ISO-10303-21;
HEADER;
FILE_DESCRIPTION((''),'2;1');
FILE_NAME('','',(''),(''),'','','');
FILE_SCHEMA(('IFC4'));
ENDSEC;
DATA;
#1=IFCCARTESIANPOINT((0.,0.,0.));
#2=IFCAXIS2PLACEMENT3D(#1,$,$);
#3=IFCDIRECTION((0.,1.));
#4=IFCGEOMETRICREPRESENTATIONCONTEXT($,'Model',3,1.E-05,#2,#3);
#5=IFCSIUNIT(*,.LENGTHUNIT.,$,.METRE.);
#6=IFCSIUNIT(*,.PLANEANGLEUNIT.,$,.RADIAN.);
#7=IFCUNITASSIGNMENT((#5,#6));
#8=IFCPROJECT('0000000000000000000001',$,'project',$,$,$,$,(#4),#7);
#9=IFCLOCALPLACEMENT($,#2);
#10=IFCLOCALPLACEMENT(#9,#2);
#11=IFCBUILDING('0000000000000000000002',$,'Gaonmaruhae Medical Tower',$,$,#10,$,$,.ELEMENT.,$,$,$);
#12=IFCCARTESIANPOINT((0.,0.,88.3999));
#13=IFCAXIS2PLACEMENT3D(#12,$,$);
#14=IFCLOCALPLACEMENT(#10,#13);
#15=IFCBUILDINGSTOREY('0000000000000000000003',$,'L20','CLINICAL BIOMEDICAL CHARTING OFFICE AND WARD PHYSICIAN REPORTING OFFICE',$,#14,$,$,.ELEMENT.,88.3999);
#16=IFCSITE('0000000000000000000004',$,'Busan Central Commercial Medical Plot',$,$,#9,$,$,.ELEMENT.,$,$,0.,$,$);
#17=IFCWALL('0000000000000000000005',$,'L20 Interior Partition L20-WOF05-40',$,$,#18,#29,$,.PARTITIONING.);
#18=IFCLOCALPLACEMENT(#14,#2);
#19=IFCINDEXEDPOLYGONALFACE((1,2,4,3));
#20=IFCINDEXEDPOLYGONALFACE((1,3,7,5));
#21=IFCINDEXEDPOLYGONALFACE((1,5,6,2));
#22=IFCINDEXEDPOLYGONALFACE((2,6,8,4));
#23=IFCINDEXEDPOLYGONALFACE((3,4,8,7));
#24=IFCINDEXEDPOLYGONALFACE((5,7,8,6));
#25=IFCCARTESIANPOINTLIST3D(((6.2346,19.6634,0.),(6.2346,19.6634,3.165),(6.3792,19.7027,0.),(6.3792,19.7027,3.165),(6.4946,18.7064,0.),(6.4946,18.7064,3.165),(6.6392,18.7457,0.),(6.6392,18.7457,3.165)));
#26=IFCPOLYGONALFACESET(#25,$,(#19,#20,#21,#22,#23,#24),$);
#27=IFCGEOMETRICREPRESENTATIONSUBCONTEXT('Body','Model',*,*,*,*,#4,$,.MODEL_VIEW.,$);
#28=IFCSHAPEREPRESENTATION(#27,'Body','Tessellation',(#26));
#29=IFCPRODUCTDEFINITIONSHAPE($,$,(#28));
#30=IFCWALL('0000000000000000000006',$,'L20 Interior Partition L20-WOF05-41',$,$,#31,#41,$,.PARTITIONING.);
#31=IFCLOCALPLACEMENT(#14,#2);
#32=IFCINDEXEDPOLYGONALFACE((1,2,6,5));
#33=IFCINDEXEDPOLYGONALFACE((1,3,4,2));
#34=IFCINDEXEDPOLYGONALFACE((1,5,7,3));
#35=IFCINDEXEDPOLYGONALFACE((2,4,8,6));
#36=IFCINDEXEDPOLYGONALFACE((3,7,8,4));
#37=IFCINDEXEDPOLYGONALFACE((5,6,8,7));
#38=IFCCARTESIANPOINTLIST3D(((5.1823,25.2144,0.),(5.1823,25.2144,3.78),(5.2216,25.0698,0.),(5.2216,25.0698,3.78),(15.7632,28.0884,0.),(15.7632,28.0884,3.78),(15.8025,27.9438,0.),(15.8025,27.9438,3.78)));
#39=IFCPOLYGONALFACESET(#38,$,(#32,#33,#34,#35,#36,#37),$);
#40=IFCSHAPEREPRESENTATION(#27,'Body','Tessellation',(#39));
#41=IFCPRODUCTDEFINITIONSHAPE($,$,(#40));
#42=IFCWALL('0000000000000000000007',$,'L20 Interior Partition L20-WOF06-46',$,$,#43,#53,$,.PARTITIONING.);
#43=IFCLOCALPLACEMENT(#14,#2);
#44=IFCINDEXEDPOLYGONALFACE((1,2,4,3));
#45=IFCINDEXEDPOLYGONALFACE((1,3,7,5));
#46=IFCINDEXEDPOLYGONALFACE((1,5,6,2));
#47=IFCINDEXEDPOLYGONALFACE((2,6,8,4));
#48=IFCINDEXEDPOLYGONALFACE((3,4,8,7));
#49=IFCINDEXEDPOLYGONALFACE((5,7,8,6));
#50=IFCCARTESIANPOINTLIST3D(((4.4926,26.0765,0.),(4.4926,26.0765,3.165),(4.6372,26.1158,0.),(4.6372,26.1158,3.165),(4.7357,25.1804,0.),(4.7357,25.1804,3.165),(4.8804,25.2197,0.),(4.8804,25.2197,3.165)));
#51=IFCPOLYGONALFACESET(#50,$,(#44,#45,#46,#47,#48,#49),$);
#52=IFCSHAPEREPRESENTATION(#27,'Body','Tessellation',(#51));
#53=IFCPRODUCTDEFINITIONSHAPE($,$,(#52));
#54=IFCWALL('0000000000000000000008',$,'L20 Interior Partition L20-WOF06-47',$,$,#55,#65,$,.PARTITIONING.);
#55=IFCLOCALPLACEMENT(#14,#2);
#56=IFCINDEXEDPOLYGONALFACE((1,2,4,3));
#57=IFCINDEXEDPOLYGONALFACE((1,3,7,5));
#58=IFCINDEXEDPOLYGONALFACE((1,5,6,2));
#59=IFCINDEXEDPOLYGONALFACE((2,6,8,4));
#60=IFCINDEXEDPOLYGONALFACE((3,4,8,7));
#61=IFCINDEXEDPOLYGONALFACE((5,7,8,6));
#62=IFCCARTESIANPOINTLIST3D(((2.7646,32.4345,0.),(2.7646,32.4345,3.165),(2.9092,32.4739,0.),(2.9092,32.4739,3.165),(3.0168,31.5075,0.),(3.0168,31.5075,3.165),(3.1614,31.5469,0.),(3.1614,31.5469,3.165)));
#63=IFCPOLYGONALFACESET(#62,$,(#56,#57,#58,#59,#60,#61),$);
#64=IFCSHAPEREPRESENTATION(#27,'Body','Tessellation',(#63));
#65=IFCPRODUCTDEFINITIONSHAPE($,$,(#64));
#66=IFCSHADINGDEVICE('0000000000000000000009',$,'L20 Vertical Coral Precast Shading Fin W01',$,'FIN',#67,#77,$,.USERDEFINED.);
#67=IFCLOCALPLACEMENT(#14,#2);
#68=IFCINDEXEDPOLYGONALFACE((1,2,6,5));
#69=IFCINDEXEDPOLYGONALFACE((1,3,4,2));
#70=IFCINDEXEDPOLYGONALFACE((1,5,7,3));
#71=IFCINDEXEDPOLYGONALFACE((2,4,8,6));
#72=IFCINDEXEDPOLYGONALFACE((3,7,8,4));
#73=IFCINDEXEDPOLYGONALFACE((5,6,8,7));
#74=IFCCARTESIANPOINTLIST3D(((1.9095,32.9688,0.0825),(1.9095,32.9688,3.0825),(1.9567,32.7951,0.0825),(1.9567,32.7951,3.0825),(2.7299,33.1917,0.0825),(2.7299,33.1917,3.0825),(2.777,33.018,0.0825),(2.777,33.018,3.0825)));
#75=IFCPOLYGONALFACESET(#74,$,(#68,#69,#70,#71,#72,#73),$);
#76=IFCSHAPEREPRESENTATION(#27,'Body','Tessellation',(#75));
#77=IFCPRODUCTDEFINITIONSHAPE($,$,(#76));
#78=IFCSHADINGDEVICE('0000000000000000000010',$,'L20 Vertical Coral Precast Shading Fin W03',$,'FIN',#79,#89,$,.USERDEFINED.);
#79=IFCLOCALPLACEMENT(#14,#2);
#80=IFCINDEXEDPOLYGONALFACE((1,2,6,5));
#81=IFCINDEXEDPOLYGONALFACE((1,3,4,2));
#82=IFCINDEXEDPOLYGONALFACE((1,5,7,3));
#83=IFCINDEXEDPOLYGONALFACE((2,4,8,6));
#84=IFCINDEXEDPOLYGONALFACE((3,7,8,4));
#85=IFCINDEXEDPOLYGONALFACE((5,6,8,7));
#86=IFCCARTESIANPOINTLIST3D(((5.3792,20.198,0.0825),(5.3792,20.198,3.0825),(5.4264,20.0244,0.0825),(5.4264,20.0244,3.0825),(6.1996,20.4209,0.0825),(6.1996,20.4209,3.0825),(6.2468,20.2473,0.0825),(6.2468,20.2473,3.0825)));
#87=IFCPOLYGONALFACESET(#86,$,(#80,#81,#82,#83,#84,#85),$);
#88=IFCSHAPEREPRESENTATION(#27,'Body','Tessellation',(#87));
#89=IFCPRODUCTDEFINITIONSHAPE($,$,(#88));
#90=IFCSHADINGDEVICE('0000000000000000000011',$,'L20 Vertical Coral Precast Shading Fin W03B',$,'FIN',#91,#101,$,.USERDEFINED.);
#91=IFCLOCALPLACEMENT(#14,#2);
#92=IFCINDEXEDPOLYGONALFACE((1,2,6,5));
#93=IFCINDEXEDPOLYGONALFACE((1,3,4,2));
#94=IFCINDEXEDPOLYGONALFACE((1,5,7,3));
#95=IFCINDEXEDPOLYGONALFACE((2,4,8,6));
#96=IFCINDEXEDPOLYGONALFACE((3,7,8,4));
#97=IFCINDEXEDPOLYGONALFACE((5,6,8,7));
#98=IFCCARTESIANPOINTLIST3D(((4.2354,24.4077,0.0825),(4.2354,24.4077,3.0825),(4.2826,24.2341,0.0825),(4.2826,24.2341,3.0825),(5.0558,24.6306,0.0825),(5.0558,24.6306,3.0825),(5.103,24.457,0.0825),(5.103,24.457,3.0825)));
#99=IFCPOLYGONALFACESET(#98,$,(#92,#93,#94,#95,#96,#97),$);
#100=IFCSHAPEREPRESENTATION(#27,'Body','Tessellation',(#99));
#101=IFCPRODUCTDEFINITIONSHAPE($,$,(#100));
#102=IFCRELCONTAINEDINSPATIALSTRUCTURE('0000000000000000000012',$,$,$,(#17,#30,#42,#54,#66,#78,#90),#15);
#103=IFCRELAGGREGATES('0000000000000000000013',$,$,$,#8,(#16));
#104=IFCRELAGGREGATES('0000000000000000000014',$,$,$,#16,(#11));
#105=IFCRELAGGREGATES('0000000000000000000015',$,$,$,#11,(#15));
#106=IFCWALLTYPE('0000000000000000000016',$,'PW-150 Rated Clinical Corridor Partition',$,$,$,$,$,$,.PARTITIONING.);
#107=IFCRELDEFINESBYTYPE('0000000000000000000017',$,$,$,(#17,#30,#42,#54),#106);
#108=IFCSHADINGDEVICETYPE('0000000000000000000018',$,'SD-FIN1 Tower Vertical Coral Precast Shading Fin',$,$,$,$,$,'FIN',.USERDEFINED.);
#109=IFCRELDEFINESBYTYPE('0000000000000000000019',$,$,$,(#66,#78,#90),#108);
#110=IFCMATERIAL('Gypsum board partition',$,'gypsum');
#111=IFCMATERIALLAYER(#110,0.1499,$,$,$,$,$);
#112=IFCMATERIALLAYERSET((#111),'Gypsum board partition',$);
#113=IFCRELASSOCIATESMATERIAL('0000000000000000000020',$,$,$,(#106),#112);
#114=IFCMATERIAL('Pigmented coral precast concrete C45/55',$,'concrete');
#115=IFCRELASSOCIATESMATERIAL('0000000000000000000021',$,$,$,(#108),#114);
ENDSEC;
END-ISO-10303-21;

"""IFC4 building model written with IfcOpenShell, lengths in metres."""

from ifc_helpers import new_model, si_unit, direction, frame, frame_2d, origin, origin_2d, place, context, subcontext, project, spatial, rectangle, extrude, material, layer, layer_set, type_object, element, save


model = new_model("IFC4")

# Units and contexts
model_context = context("Model", 3, precision=1e-05, world=origin(), true_north=direction((0.0, 1.0)))
body_context = subcontext(model_context, "Body", "Model", "MODEL_VIEW")
ifc_project = project(units=[si_unit("LENGTHUNIT", "METRE"), si_unit("PLANEANGLEUNIT", "RADIAN")], contexts=[model_context])

# Site, building, storey
site_placement = place(None, origin())
site = spatial("IfcSite", under=ifc_project, at=site_placement, Name="Busan Central Commercial Medical Plot", CompositionType="ELEMENT", RefElevation=0.0)
building_placement = place(site_placement, origin())
building = spatial("IfcBuilding", under=site, at=building_placement, Name="Gaonmaruhae Medical Tower", CompositionType="ELEMENT")
storey_placement = place(building_placement, frame((0.0, 0.0, 88.3999)))
storey = spatial("IfcBuildingStorey", under=building, at=storey_placement, Name="L20", Description="CLINICAL BIOMEDICAL CHARTING OFFICE AND WARD PHYSICIAN REPORTING OFFICE", CompositionType="ELEMENT", Elevation=88.3999)

# Walls
ifc_material_1 = material(Name="Gypsum board partition", Category="gypsum")
ifc_layer_1 = layer(ifc_material_1, 0.1499)
ifc_layer_set_1 = layer_set([ifc_layer_1], Name="Gypsum board partition")
wall_type_1 = type_object("IfcWallType", Name="PW-150 Rated Clinical Corridor Partition", PredefinedType="PARTITIONING", material=ifc_layer_set_1)
wall_1_placement = place(storey_placement, frame((6.5669, 18.7261, 0.0), z_axis=(0.0, 0.0, 1.0), x_axis=(-0.26218, 0.965019, 0.0)))
element("IfcWall", 1, at=wall_1_placement, inside=storey, type_object=wall_type_1, Name="L20 Interior Partition L20-WOF05-40", PredefinedType="PARTITIONING", context=body_context, shape_type="SweptSolid", body=[
    extrude(rectangle(XDim=0.9917, YDim=0.1499, at=frame_2d((0.4958, 0.0))), origin(), (0.0, 0.0, 1.0), 3.165),
])
wall_2_placement = place(storey_placement, frame((5.2019, 25.1421, 0.0), z_axis=(0.0, 0.0, 1.0), x_axis=(0.965035, 0.262122, 0.0)))
element("IfcWall", 2, at=wall_2_placement, inside=storey, type_object=wall_type_1, Name="L20 Interior Partition L20-WOF05-41", PredefinedType="PARTITIONING", context=body_context, shape_type="SweptSolid", body=[
    extrude(rectangle(XDim=10.9644, YDim=0.1499, at=frame_2d((5.4822, 0.0))), origin(), (0.0, 0.0, 1.0), 3.78),
])
wall_3_placement = place(storey_placement, frame((4.8081, 25.2, 0.0), z_axis=(0.0, 0.0, 1.0), x_axis=(-0.261916, 0.965091, 0.0)))
element("IfcWall", 3, at=wall_3_placement, inside=storey, type_object=wall_type_1, Name="L20 Interior Partition L20-WOF06-46", PredefinedType="PARTITIONING", context=body_context, shape_type="SweptSolid", body=[
    extrude(rectangle(XDim=0.9285, YDim=0.1499, at=frame_2d((0.4644, 0.0))), origin(), (0.0, 0.0, 1.0), 3.165),
])
wall_4_placement = place(storey_placement, frame((3.0891, 31.5271, 0.0), z_axis=(0.0, 0.0, 1.0), x_axis=(-0.262515, 0.964928, 0.0)))
element("IfcWall", 4, at=wall_4_placement, inside=storey, type_object=wall_type_1, Name="L20 Interior Partition L20-WOF06-47", PredefinedType="PARTITIONING", context=body_context, shape_type="SweptSolid", body=[
    extrude(rectangle(XDim=0.9607, YDim=0.1499, at=frame_2d((0.4805, 0.0))), origin(), (0.0, 0.0, 1.0), 3.165),
])

# Shading devices
ifc_material_2 = material(Name="Pigmented coral precast concrete C45/55", Category="concrete")
shading_device_type = type_object("IfcShadingDeviceType", Name="SD-FIN1 Tower Vertical Coral Precast Shading Fin", ElementType="FIN", PredefinedType="USERDEFINED", material=ifc_material_2)
for number, where, z_axis, x_axis, name in (
    (5, (2.3433, 32.9934, 0.0825), (0.0, 0.0, 1.0), (-0.262189, 0.965016, 0.0), "L20 Vertical Coral Precast Shading Fin W01"),
    (6, (5.813, 20.2227, 0.0825), (0.0, 0.0, 1.0), (-0.262189, 0.965016, 0.0), "L20 Vertical Coral Precast Shading Fin W03"),
    (7, (4.6692, 24.4324, 0.0825), (0.0, 0.0, 1.0), (-0.262189, 0.965016, 0.0), "L20 Vertical Coral Precast Shading Fin W03B"),
):
    element("IfcShadingDevice", number, at=place(storey_placement, frame(where, z_axis=z_axis, x_axis=x_axis)), inside=storey, type_object=shading_device_type, Name=name, ObjectType="FIN", PredefinedType="USERDEFINED", context=body_context, shape_type="SweptSolid", body=[
        extrude(rectangle(XDim=0.1799, YDim=0.8501, at=origin_2d()), origin(), (0.0, 0.0, 1.0), 3.0),
    ])

save(model, "model.ifc")
